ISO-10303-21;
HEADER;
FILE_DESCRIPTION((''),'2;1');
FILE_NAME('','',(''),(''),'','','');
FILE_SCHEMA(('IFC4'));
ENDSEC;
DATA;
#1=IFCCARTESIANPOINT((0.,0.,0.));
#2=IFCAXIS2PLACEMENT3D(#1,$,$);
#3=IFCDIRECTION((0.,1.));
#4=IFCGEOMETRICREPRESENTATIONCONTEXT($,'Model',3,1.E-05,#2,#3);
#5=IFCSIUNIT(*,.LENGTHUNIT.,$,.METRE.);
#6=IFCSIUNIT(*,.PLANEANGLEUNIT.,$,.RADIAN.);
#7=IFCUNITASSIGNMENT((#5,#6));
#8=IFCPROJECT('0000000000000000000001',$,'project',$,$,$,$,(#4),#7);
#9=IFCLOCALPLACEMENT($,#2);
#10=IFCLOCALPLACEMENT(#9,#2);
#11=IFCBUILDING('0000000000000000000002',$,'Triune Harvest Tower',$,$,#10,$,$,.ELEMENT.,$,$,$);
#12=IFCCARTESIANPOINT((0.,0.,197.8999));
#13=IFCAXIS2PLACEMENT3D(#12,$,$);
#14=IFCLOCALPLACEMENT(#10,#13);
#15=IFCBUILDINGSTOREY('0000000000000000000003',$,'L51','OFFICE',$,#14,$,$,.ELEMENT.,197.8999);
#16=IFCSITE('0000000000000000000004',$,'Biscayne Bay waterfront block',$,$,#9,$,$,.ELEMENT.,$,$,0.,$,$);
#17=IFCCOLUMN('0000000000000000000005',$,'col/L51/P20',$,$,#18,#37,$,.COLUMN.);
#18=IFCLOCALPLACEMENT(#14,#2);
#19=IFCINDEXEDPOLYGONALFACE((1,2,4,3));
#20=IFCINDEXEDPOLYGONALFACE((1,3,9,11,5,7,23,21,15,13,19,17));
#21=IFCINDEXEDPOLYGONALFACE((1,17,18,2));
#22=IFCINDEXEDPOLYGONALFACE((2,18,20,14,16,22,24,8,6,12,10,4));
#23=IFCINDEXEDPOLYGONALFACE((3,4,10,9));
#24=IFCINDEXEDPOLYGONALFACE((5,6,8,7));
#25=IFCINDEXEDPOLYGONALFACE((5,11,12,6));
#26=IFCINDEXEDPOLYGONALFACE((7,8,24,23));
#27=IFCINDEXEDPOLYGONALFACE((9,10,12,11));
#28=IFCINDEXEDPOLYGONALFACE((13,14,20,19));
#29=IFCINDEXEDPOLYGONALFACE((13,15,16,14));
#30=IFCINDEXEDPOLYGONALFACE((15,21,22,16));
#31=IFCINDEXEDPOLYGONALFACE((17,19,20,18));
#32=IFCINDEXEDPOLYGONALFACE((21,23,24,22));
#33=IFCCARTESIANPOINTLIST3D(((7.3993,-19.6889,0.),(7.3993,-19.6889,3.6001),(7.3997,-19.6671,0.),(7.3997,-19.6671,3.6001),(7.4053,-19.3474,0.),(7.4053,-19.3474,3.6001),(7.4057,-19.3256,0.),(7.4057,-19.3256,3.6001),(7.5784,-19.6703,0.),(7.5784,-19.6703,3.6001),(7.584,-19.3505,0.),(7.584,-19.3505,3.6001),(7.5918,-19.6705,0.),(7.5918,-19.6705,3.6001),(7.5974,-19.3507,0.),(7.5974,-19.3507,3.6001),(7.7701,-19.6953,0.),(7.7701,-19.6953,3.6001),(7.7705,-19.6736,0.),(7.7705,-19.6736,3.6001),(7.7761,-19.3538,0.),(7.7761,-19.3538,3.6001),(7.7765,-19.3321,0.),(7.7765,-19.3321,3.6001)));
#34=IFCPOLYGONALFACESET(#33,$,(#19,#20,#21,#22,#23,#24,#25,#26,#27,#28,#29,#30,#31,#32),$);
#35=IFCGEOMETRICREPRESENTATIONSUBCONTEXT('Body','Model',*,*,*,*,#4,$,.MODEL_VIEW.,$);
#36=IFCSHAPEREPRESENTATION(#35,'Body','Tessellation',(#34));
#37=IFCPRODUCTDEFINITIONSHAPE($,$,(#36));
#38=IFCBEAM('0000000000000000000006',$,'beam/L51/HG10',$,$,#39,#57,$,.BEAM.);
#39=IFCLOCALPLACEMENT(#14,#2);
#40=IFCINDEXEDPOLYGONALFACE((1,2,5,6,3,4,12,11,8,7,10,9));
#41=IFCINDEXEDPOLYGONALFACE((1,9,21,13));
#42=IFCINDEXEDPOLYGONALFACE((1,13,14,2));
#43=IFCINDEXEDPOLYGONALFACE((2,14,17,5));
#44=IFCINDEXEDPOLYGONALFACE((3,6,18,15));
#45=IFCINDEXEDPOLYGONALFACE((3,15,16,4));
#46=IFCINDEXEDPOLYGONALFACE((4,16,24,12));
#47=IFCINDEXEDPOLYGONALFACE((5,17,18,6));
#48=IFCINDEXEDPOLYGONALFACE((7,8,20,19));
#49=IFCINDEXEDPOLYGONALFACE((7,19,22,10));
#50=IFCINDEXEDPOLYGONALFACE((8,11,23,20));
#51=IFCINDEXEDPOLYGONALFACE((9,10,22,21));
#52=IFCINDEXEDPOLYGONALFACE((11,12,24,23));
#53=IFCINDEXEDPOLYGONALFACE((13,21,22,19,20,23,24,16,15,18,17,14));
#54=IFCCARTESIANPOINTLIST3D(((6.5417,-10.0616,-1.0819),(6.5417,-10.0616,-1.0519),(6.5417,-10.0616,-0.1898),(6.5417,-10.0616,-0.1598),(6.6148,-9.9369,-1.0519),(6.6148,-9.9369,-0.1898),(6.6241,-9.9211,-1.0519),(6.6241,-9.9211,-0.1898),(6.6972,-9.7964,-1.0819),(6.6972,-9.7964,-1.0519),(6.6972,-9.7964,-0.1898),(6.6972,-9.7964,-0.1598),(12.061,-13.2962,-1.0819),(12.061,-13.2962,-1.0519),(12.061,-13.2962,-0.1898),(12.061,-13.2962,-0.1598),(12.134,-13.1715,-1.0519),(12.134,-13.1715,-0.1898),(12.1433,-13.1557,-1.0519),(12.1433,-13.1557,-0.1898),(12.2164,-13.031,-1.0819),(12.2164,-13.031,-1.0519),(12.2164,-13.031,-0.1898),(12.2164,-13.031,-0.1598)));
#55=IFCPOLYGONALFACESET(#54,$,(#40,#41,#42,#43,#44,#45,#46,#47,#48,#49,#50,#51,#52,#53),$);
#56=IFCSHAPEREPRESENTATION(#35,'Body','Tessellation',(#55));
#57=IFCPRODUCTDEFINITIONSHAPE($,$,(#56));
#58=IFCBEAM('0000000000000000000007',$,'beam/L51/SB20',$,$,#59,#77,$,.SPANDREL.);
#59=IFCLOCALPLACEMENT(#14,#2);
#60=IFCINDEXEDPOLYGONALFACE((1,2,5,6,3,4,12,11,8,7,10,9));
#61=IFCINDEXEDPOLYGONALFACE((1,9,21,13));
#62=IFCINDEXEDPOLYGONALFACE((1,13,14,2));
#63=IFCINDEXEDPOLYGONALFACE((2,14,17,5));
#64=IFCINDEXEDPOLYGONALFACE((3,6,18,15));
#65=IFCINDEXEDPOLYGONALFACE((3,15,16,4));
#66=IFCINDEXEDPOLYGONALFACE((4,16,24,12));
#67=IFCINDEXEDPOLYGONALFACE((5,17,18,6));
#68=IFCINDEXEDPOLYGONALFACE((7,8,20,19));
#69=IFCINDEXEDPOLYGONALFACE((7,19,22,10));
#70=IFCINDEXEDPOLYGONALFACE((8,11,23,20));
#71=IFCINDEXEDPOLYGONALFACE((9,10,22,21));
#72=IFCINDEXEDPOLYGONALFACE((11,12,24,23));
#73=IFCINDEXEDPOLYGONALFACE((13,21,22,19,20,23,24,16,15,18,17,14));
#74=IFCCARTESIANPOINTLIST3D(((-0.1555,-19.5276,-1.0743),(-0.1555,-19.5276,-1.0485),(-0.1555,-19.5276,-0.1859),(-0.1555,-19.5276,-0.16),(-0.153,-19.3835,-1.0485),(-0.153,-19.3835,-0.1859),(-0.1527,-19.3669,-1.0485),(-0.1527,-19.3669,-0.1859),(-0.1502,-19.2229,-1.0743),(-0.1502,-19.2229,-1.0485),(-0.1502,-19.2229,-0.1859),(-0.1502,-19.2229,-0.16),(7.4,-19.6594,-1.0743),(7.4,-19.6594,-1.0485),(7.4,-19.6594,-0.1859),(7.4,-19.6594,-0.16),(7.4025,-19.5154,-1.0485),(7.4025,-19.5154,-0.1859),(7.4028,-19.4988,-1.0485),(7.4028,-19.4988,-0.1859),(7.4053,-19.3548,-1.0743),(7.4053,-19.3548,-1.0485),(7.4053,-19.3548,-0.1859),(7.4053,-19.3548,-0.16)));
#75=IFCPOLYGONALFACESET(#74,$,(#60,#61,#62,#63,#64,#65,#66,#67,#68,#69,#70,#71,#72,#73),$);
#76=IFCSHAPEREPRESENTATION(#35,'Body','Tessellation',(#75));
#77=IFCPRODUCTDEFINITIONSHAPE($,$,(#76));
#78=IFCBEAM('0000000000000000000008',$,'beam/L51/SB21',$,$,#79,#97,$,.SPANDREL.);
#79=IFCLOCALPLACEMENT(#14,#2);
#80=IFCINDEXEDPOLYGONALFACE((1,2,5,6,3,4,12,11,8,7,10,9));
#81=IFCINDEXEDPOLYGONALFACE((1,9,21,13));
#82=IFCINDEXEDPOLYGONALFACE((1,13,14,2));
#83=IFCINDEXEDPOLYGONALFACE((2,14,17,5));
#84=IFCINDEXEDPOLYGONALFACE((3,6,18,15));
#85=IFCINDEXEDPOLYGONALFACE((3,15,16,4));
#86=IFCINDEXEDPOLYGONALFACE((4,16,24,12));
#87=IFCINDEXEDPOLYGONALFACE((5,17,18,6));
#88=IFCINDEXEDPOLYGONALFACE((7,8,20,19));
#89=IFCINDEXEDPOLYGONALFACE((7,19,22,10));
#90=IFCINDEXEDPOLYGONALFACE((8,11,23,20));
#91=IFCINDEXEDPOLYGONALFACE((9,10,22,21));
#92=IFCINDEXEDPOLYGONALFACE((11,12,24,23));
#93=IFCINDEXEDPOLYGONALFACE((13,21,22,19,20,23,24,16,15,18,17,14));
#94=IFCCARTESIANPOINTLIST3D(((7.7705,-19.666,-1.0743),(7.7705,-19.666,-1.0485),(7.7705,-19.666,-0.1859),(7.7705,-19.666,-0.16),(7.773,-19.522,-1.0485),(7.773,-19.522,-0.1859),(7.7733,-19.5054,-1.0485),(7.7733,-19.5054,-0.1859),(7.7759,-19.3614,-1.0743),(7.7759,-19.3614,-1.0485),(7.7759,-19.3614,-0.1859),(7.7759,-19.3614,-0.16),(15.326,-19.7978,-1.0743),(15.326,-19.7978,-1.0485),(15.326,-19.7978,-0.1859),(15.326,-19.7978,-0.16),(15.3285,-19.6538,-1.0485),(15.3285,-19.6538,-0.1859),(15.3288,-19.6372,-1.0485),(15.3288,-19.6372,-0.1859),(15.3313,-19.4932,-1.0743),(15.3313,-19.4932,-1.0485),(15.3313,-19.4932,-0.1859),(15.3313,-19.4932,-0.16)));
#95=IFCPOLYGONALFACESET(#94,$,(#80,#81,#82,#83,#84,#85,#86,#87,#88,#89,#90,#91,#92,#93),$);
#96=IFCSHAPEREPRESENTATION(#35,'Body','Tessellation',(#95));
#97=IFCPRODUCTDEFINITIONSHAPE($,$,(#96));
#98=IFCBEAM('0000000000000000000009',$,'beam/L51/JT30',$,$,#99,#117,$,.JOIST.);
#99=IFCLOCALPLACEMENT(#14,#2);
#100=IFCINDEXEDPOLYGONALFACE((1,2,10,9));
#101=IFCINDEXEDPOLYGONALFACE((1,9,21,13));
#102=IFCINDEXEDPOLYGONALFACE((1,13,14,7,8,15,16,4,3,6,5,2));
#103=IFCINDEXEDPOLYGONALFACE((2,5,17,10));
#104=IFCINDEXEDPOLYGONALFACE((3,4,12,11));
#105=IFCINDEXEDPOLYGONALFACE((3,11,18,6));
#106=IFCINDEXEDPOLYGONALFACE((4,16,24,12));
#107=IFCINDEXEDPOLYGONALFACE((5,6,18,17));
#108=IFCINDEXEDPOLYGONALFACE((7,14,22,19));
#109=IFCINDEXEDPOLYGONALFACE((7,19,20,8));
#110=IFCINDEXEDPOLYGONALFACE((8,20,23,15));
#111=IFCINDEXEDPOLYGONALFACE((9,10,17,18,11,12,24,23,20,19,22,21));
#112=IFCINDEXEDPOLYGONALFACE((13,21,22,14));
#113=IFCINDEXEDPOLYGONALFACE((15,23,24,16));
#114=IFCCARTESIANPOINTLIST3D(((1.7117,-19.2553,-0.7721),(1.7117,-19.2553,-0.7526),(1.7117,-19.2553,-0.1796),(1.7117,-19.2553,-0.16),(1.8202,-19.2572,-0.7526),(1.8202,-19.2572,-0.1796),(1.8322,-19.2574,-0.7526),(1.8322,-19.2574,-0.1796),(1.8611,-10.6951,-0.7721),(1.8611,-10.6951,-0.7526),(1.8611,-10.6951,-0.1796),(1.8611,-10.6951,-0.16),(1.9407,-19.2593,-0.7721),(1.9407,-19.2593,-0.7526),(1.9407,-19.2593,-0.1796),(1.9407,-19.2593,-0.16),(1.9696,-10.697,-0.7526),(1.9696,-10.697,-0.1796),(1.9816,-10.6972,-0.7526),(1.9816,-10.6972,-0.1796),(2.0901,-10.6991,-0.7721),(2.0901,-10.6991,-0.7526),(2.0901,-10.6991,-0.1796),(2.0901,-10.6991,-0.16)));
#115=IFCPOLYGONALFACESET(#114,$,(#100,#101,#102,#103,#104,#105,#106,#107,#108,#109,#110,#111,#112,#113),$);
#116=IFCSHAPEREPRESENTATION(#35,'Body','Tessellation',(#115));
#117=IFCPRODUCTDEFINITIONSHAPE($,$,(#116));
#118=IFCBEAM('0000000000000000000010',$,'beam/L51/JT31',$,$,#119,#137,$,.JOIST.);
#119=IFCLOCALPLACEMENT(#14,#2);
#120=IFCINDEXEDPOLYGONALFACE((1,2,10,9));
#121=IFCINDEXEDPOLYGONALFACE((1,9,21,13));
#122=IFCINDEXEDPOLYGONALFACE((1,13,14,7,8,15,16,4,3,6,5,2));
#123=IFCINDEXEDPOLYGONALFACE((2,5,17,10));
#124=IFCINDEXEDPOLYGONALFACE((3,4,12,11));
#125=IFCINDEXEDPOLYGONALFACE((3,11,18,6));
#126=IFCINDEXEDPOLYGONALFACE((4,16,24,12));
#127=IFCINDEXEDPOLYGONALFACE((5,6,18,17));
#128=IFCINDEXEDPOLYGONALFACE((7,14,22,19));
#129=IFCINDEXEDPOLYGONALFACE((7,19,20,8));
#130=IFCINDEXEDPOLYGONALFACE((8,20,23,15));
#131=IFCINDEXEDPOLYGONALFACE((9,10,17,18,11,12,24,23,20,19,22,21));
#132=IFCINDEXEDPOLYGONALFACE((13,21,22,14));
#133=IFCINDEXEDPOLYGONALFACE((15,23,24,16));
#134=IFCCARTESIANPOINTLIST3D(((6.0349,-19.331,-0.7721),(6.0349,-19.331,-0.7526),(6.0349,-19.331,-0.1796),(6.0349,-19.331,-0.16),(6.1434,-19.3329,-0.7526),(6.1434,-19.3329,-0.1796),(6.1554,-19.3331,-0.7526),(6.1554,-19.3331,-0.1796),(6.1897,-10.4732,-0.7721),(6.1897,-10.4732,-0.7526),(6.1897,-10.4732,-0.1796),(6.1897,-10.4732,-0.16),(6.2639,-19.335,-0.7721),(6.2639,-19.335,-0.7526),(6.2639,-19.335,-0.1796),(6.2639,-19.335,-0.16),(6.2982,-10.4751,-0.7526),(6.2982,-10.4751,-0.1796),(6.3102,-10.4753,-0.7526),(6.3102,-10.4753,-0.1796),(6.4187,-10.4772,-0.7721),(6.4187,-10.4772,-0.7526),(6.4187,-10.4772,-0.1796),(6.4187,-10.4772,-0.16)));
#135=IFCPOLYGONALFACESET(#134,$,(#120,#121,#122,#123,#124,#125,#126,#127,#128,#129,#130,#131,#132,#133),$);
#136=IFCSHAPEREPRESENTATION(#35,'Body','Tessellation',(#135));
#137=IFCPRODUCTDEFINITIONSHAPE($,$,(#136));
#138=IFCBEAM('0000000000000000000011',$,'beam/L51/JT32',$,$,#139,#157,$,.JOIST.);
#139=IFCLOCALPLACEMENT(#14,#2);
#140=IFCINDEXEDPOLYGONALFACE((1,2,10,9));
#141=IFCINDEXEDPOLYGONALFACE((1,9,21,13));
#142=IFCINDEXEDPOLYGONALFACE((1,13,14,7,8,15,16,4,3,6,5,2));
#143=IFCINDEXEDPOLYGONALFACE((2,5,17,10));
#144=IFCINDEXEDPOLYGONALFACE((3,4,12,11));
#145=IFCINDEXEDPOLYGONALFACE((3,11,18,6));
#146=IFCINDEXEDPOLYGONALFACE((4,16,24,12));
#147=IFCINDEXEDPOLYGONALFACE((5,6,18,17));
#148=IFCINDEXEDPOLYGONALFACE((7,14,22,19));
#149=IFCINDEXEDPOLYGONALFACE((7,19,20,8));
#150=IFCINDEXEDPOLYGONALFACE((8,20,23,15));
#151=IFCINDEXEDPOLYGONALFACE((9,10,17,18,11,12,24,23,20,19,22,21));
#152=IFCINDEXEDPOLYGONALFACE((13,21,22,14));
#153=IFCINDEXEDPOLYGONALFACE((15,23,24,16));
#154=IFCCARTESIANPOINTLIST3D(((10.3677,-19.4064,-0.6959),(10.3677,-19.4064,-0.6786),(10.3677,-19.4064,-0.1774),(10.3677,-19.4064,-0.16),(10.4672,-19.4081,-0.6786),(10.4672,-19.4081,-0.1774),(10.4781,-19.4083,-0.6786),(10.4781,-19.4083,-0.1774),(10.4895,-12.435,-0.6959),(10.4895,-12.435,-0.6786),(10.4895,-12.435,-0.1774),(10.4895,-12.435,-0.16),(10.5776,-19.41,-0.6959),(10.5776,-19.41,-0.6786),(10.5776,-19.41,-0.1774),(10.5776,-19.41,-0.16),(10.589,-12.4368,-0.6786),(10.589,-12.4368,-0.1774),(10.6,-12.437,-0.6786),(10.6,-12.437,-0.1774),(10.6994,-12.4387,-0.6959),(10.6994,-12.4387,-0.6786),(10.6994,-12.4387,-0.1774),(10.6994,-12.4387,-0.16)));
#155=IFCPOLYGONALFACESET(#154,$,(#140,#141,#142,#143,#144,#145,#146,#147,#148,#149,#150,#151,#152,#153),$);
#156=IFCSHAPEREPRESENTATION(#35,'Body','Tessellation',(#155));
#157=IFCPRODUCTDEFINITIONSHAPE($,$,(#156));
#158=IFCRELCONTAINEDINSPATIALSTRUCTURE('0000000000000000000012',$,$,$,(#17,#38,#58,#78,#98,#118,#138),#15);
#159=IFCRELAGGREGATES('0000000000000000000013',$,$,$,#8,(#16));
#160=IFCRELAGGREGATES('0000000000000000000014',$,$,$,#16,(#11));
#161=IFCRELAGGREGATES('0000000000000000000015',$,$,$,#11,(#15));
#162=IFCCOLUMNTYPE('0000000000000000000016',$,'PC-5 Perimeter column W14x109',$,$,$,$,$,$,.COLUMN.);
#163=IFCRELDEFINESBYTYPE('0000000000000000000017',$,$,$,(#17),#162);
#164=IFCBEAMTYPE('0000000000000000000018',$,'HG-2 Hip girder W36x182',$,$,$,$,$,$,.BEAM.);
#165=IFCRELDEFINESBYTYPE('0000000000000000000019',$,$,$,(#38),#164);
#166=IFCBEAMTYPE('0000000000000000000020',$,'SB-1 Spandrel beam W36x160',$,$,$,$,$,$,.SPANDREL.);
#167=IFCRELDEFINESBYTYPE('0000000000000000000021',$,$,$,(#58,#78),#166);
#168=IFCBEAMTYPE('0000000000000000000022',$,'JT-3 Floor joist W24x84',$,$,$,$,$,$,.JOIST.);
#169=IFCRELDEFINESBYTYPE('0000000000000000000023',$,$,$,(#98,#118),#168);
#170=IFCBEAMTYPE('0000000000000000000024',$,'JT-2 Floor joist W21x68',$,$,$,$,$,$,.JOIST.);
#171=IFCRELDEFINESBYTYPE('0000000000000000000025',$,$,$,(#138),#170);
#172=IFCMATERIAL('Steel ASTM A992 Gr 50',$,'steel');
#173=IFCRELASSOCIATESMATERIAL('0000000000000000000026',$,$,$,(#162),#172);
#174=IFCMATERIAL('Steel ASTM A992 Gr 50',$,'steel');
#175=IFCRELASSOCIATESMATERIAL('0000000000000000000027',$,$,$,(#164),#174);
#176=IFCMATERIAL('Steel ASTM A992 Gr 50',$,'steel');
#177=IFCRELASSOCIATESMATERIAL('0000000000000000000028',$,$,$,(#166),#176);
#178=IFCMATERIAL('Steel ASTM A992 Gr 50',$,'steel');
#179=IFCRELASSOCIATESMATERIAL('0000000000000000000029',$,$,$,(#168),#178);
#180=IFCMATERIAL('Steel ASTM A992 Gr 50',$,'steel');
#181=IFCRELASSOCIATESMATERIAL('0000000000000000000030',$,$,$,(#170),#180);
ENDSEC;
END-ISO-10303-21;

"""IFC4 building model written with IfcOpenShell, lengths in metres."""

from ifc_helpers import new_model, si_unit, direction, frame, origin, origin_2d, place, context, subcontext, project, spatial, i_section, extrude, source, transform, mapped, material, material_profile, profile_set, type_object, element, save


model = new_model("IFC4")

# Units and contexts
model_context = context("Model", 3, precision=1e-05, world=origin(), true_north=direction((0.0, 1.0)))
body_context = subcontext(model_context, "Body", "Model", "MODEL_VIEW")
ifc_project = project(units=[si_unit("LENGTHUNIT", "METRE"), si_unit("PLANEANGLEUNIT", "RADIAN")], contexts=[model_context])

# Site, building, storey
site_placement = place(None, origin())
site = spatial("IfcSite", under=ifc_project, at=site_placement, Name="Biscayne Bay waterfront block", CompositionType="ELEMENT", RefElevation=0.0)
building_placement = place(site_placement, origin())
building = spatial("IfcBuilding", under=site, at=building_placement, Name="Triune Harvest Tower", CompositionType="ELEMENT")
storey_placement = place(building_placement, frame((0.0, 0.0, 197.8999)))
storey = spatial("IfcBuildingStorey", under=building, at=storey_placement, Name="L51", Description="OFFICE", CompositionType="ELEMENT", Elevation=197.8999)

# Column
ifc_material_1 = material(Name="Steel ASTM A992 Gr 50", Category="steel")
ifc_material_profile_1 = material_profile(ifc_material_1, i_section(OverallWidth=0.3708, OverallDepth=0.3633, WebThickness=0.0134, FlangeThickness=0.0217, at=origin_2d()), Name="W14x109")
ifc_profile_set_1 = profile_set([ifc_material_profile_1], Name="Steel ASTM A992 Gr 50")
column_type = type_object("IfcColumnType", Name="PC-5 Perimeter column W14x109", PredefinedType="COLUMN", material=ifc_profile_set_1)
shared_shape_1 = source(origin(), body_context, "Body", "SweptSolid", [
    extrude(i_section(OverallWidth=0.3708, OverallDepth=0.3633, WebThickness=0.0134, FlangeThickness=0.0217, at=origin_2d()), origin(), (0.0, 0.0, 1.0), 3.6001),
])
column_placement = place(storey_placement, frame((7.5879, -19.5105, 0.0), z_axis=(0.0, 0.0, 1.0), x_axis=(0.999848, -0.017452, 0.0)))
element("IfcColumn", 1, at=column_placement, inside=storey, type_object=column_type, Name="col/L51/P20", PredefinedType="COLUMN", context=body_context, shape_type="MappedRepresentation", body=[
    mapped(shared_shape_1, transform((0.0, 0.0, 0.0), scale=1.0)),
])

# Beams
ifc_material_2 = material(Name="Steel ASTM A992 Gr 50", Category="steel")
ifc_material_profile_2 = material_profile(ifc_material_2, i_section(OverallWidth=0.3074, OverallDepth=0.9221, WebThickness=0.0183, FlangeThickness=0.03, at=origin_2d()), Name="W36x182")
ifc_profile_set_2 = profile_set([ifc_material_profile_2], Name="Steel ASTM A992 Gr 50")
beam_type_1 = type_object("IfcBeamType", Name="HG-2 Hip girder W36x182", PredefinedType="BEAM", material=ifc_profile_set_2)
shared_shape_2 = source(origin(), body_context, "Body", "SweptSolid", [
    extrude(i_section(OverallWidth=0.3074, OverallDepth=0.9221, WebThickness=0.0183, FlangeThickness=0.03, at=origin_2d()), origin(), (0.0, 0.0, 1.0), 6.3972),
])
beam_1_placement = place(storey_placement, frame((12.1387, -13.1636, -0.6208), z_axis=(-0.862754, 0.505624, 0.0), x_axis=(-0.505624, -0.862754, 0.0)))
element("IfcBeam", 2, at=beam_1_placement, inside=storey, type_object=beam_type_1, Name="beam/L51/HG10", PredefinedType="BEAM", context=body_context, shape_type="MappedRepresentation", body=[
    mapped(shared_shape_2, transform((0.0, 0.0, 0.0), scale=1.0)),
])
ifc_material_3 = material(Name="Steel ASTM A992 Gr 50", Category="steel")
ifc_material_profile_3 = material_profile(ifc_material_3, i_section(OverallWidth=0.3047, OverallDepth=0.9143, WebThickness=0.0166, FlangeThickness=0.0259, at=origin_2d()), Name="W36x160")
ifc_profile_set_3 = profile_set([ifc_material_profile_3], Name="Steel ASTM A992 Gr 50")
beam_type_2 = type_object("IfcBeamType", Name="SB-1 Spandrel beam W36x160", PredefinedType="SPANDREL", material=ifc_profile_set_3)
shared_shape_3 = source(origin(), body_context, "Body", "SweptSolid", [
    extrude(i_section(OverallWidth=0.3047, OverallDepth=0.9143, WebThickness=0.0166, FlangeThickness=0.0259, at=origin_2d()), origin(), (0.0, 0.0, 1.0), 7.5566),
])
for number, where, z_axis, x_axis, name in (
    (3, (-0.1528, -19.3752, -0.6172), (0.999848, -0.017447, 0.0), (0.017447, 0.999848, 0.0), "beam/L51/SB20"),
    (4, (7.7732, -19.5137, -0.6172), (0.999848, -0.017447, 0.0), (0.017447, 0.999848, 0.0), "beam/L51/SB21"),
):
    element("IfcBeam", number, at=place(storey_placement, frame(where, z_axis=z_axis, x_axis=x_axis)), inside=storey, type_object=beam_type_2, Name=name, PredefinedType="SPANDREL", context=body_context, shape_type="MappedRepresentation", body=[
        mapped(shared_shape_3, transform((0.0, 0.0, 0.0), scale=1.0)),
    ])
ifc_material_4 = material(Name="Steel ASTM A992 Gr 50", Category="steel")
ifc_material_profile_4 = material_profile(ifc_material_4, i_section(OverallWidth=0.229, OverallDepth=0.6121, WebThickness=0.012, FlangeThickness=0.0195, at=origin_2d()), Name="W24x84")
ifc_profile_set_4 = profile_set([ifc_material_profile_4], Name="Steel ASTM A992 Gr 50")
beam_type_3 = type_object("IfcBeamType", Name="JT-3 Floor joist W24x84", PredefinedType="JOIST", material=ifc_profile_set_4)
shared_shape_4 = source(origin(), body_context, "Body", "SweptSolid", [
    extrude(i_section(OverallWidth=0.229, OverallDepth=0.6121, WebThickness=0.012, FlangeThickness=0.0195, at=origin_2d()), origin(), (0.0, 0.0, 1.0), 8.5615),
])
beam_2_placement = place(storey_placement, frame((1.8262, -19.2573, -0.4661), z_axis=(0.017452, 0.999848, 0.0), x_axis=(-0.999848, 0.017452, 0.0)))
element("IfcBeam", 5, at=beam_2_placement, inside=storey, type_object=beam_type_3, Name="beam/L51/JT30", PredefinedType="JOIST", context=body_context, shape_type="MappedRepresentation", body=[
    mapped(shared_shape_4, transform((0.0, 0.0, 0.0), scale=1.0)),
])
shared_shape_5 = source(origin(), body_context, "Body", "SweptSolid", [
    extrude(i_section(OverallWidth=0.229, OverallDepth=0.6121, WebThickness=0.012, FlangeThickness=0.0195, at=origin_2d()), origin(), (0.0, 0.0, 1.0), 8.8591),
])
beam_3_placement = place(storey_placement, frame((6.1494, -19.333, -0.4661), z_axis=(0.017472, 0.999847, 0.0), x_axis=(-0.999847, 0.017472, 0.0)))
element("IfcBeam", 6, at=beam_3_placement, inside=storey, type_object=beam_type_3, Name="beam/L51/JT31", PredefinedType="JOIST", context=body_context, shape_type="MappedRepresentation", body=[
    mapped(shared_shape_5, transform((0.0, 0.0, 0.0), scale=1.0)),
])
ifc_material_5 = material(Name="Steel ASTM A992 Gr 50", Category="steel")
ifc_material_profile_5 = material_profile(ifc_material_5, i_section(OverallWidth=0.21, OverallDepth=0.5359, WebThickness=0.011, FlangeThickness=0.0173, at=origin_2d()), Name="W21x68")
ifc_profile_set_5 = profile_set([ifc_material_profile_5], Name="Steel ASTM A992 Gr 50")
beam_type_4 = type_object("IfcBeamType", Name="JT-2 Floor joist W21x68", PredefinedType="JOIST", material=ifc_profile_set_5)
shared_shape_6 = source(origin(), body_context, "Body", "SweptSolid", [
    extrude(i_section(OverallWidth=0.21, OverallDepth=0.5359, WebThickness=0.011, FlangeThickness=0.0173, at=origin_2d()), origin(), (0.0, 0.0, 1.0), 6.9724),
])
beam_4_placement = place(storey_placement, frame((10.4727, -19.4082, -0.428), z_axis=(0.017472, 0.999847, 0.0), x_axis=(-0.999847, 0.017472, 0.0)))
element("IfcBeam", 7, at=beam_4_placement, inside=storey, type_object=beam_type_4, Name="beam/L51/JT32", PredefinedType="JOIST", context=body_context, shape_type="MappedRepresentation", body=[
    mapped(shared_shape_6, transform((0.0, 0.0, 0.0), scale=1.0)),
])

save(model, "model.ifc")
